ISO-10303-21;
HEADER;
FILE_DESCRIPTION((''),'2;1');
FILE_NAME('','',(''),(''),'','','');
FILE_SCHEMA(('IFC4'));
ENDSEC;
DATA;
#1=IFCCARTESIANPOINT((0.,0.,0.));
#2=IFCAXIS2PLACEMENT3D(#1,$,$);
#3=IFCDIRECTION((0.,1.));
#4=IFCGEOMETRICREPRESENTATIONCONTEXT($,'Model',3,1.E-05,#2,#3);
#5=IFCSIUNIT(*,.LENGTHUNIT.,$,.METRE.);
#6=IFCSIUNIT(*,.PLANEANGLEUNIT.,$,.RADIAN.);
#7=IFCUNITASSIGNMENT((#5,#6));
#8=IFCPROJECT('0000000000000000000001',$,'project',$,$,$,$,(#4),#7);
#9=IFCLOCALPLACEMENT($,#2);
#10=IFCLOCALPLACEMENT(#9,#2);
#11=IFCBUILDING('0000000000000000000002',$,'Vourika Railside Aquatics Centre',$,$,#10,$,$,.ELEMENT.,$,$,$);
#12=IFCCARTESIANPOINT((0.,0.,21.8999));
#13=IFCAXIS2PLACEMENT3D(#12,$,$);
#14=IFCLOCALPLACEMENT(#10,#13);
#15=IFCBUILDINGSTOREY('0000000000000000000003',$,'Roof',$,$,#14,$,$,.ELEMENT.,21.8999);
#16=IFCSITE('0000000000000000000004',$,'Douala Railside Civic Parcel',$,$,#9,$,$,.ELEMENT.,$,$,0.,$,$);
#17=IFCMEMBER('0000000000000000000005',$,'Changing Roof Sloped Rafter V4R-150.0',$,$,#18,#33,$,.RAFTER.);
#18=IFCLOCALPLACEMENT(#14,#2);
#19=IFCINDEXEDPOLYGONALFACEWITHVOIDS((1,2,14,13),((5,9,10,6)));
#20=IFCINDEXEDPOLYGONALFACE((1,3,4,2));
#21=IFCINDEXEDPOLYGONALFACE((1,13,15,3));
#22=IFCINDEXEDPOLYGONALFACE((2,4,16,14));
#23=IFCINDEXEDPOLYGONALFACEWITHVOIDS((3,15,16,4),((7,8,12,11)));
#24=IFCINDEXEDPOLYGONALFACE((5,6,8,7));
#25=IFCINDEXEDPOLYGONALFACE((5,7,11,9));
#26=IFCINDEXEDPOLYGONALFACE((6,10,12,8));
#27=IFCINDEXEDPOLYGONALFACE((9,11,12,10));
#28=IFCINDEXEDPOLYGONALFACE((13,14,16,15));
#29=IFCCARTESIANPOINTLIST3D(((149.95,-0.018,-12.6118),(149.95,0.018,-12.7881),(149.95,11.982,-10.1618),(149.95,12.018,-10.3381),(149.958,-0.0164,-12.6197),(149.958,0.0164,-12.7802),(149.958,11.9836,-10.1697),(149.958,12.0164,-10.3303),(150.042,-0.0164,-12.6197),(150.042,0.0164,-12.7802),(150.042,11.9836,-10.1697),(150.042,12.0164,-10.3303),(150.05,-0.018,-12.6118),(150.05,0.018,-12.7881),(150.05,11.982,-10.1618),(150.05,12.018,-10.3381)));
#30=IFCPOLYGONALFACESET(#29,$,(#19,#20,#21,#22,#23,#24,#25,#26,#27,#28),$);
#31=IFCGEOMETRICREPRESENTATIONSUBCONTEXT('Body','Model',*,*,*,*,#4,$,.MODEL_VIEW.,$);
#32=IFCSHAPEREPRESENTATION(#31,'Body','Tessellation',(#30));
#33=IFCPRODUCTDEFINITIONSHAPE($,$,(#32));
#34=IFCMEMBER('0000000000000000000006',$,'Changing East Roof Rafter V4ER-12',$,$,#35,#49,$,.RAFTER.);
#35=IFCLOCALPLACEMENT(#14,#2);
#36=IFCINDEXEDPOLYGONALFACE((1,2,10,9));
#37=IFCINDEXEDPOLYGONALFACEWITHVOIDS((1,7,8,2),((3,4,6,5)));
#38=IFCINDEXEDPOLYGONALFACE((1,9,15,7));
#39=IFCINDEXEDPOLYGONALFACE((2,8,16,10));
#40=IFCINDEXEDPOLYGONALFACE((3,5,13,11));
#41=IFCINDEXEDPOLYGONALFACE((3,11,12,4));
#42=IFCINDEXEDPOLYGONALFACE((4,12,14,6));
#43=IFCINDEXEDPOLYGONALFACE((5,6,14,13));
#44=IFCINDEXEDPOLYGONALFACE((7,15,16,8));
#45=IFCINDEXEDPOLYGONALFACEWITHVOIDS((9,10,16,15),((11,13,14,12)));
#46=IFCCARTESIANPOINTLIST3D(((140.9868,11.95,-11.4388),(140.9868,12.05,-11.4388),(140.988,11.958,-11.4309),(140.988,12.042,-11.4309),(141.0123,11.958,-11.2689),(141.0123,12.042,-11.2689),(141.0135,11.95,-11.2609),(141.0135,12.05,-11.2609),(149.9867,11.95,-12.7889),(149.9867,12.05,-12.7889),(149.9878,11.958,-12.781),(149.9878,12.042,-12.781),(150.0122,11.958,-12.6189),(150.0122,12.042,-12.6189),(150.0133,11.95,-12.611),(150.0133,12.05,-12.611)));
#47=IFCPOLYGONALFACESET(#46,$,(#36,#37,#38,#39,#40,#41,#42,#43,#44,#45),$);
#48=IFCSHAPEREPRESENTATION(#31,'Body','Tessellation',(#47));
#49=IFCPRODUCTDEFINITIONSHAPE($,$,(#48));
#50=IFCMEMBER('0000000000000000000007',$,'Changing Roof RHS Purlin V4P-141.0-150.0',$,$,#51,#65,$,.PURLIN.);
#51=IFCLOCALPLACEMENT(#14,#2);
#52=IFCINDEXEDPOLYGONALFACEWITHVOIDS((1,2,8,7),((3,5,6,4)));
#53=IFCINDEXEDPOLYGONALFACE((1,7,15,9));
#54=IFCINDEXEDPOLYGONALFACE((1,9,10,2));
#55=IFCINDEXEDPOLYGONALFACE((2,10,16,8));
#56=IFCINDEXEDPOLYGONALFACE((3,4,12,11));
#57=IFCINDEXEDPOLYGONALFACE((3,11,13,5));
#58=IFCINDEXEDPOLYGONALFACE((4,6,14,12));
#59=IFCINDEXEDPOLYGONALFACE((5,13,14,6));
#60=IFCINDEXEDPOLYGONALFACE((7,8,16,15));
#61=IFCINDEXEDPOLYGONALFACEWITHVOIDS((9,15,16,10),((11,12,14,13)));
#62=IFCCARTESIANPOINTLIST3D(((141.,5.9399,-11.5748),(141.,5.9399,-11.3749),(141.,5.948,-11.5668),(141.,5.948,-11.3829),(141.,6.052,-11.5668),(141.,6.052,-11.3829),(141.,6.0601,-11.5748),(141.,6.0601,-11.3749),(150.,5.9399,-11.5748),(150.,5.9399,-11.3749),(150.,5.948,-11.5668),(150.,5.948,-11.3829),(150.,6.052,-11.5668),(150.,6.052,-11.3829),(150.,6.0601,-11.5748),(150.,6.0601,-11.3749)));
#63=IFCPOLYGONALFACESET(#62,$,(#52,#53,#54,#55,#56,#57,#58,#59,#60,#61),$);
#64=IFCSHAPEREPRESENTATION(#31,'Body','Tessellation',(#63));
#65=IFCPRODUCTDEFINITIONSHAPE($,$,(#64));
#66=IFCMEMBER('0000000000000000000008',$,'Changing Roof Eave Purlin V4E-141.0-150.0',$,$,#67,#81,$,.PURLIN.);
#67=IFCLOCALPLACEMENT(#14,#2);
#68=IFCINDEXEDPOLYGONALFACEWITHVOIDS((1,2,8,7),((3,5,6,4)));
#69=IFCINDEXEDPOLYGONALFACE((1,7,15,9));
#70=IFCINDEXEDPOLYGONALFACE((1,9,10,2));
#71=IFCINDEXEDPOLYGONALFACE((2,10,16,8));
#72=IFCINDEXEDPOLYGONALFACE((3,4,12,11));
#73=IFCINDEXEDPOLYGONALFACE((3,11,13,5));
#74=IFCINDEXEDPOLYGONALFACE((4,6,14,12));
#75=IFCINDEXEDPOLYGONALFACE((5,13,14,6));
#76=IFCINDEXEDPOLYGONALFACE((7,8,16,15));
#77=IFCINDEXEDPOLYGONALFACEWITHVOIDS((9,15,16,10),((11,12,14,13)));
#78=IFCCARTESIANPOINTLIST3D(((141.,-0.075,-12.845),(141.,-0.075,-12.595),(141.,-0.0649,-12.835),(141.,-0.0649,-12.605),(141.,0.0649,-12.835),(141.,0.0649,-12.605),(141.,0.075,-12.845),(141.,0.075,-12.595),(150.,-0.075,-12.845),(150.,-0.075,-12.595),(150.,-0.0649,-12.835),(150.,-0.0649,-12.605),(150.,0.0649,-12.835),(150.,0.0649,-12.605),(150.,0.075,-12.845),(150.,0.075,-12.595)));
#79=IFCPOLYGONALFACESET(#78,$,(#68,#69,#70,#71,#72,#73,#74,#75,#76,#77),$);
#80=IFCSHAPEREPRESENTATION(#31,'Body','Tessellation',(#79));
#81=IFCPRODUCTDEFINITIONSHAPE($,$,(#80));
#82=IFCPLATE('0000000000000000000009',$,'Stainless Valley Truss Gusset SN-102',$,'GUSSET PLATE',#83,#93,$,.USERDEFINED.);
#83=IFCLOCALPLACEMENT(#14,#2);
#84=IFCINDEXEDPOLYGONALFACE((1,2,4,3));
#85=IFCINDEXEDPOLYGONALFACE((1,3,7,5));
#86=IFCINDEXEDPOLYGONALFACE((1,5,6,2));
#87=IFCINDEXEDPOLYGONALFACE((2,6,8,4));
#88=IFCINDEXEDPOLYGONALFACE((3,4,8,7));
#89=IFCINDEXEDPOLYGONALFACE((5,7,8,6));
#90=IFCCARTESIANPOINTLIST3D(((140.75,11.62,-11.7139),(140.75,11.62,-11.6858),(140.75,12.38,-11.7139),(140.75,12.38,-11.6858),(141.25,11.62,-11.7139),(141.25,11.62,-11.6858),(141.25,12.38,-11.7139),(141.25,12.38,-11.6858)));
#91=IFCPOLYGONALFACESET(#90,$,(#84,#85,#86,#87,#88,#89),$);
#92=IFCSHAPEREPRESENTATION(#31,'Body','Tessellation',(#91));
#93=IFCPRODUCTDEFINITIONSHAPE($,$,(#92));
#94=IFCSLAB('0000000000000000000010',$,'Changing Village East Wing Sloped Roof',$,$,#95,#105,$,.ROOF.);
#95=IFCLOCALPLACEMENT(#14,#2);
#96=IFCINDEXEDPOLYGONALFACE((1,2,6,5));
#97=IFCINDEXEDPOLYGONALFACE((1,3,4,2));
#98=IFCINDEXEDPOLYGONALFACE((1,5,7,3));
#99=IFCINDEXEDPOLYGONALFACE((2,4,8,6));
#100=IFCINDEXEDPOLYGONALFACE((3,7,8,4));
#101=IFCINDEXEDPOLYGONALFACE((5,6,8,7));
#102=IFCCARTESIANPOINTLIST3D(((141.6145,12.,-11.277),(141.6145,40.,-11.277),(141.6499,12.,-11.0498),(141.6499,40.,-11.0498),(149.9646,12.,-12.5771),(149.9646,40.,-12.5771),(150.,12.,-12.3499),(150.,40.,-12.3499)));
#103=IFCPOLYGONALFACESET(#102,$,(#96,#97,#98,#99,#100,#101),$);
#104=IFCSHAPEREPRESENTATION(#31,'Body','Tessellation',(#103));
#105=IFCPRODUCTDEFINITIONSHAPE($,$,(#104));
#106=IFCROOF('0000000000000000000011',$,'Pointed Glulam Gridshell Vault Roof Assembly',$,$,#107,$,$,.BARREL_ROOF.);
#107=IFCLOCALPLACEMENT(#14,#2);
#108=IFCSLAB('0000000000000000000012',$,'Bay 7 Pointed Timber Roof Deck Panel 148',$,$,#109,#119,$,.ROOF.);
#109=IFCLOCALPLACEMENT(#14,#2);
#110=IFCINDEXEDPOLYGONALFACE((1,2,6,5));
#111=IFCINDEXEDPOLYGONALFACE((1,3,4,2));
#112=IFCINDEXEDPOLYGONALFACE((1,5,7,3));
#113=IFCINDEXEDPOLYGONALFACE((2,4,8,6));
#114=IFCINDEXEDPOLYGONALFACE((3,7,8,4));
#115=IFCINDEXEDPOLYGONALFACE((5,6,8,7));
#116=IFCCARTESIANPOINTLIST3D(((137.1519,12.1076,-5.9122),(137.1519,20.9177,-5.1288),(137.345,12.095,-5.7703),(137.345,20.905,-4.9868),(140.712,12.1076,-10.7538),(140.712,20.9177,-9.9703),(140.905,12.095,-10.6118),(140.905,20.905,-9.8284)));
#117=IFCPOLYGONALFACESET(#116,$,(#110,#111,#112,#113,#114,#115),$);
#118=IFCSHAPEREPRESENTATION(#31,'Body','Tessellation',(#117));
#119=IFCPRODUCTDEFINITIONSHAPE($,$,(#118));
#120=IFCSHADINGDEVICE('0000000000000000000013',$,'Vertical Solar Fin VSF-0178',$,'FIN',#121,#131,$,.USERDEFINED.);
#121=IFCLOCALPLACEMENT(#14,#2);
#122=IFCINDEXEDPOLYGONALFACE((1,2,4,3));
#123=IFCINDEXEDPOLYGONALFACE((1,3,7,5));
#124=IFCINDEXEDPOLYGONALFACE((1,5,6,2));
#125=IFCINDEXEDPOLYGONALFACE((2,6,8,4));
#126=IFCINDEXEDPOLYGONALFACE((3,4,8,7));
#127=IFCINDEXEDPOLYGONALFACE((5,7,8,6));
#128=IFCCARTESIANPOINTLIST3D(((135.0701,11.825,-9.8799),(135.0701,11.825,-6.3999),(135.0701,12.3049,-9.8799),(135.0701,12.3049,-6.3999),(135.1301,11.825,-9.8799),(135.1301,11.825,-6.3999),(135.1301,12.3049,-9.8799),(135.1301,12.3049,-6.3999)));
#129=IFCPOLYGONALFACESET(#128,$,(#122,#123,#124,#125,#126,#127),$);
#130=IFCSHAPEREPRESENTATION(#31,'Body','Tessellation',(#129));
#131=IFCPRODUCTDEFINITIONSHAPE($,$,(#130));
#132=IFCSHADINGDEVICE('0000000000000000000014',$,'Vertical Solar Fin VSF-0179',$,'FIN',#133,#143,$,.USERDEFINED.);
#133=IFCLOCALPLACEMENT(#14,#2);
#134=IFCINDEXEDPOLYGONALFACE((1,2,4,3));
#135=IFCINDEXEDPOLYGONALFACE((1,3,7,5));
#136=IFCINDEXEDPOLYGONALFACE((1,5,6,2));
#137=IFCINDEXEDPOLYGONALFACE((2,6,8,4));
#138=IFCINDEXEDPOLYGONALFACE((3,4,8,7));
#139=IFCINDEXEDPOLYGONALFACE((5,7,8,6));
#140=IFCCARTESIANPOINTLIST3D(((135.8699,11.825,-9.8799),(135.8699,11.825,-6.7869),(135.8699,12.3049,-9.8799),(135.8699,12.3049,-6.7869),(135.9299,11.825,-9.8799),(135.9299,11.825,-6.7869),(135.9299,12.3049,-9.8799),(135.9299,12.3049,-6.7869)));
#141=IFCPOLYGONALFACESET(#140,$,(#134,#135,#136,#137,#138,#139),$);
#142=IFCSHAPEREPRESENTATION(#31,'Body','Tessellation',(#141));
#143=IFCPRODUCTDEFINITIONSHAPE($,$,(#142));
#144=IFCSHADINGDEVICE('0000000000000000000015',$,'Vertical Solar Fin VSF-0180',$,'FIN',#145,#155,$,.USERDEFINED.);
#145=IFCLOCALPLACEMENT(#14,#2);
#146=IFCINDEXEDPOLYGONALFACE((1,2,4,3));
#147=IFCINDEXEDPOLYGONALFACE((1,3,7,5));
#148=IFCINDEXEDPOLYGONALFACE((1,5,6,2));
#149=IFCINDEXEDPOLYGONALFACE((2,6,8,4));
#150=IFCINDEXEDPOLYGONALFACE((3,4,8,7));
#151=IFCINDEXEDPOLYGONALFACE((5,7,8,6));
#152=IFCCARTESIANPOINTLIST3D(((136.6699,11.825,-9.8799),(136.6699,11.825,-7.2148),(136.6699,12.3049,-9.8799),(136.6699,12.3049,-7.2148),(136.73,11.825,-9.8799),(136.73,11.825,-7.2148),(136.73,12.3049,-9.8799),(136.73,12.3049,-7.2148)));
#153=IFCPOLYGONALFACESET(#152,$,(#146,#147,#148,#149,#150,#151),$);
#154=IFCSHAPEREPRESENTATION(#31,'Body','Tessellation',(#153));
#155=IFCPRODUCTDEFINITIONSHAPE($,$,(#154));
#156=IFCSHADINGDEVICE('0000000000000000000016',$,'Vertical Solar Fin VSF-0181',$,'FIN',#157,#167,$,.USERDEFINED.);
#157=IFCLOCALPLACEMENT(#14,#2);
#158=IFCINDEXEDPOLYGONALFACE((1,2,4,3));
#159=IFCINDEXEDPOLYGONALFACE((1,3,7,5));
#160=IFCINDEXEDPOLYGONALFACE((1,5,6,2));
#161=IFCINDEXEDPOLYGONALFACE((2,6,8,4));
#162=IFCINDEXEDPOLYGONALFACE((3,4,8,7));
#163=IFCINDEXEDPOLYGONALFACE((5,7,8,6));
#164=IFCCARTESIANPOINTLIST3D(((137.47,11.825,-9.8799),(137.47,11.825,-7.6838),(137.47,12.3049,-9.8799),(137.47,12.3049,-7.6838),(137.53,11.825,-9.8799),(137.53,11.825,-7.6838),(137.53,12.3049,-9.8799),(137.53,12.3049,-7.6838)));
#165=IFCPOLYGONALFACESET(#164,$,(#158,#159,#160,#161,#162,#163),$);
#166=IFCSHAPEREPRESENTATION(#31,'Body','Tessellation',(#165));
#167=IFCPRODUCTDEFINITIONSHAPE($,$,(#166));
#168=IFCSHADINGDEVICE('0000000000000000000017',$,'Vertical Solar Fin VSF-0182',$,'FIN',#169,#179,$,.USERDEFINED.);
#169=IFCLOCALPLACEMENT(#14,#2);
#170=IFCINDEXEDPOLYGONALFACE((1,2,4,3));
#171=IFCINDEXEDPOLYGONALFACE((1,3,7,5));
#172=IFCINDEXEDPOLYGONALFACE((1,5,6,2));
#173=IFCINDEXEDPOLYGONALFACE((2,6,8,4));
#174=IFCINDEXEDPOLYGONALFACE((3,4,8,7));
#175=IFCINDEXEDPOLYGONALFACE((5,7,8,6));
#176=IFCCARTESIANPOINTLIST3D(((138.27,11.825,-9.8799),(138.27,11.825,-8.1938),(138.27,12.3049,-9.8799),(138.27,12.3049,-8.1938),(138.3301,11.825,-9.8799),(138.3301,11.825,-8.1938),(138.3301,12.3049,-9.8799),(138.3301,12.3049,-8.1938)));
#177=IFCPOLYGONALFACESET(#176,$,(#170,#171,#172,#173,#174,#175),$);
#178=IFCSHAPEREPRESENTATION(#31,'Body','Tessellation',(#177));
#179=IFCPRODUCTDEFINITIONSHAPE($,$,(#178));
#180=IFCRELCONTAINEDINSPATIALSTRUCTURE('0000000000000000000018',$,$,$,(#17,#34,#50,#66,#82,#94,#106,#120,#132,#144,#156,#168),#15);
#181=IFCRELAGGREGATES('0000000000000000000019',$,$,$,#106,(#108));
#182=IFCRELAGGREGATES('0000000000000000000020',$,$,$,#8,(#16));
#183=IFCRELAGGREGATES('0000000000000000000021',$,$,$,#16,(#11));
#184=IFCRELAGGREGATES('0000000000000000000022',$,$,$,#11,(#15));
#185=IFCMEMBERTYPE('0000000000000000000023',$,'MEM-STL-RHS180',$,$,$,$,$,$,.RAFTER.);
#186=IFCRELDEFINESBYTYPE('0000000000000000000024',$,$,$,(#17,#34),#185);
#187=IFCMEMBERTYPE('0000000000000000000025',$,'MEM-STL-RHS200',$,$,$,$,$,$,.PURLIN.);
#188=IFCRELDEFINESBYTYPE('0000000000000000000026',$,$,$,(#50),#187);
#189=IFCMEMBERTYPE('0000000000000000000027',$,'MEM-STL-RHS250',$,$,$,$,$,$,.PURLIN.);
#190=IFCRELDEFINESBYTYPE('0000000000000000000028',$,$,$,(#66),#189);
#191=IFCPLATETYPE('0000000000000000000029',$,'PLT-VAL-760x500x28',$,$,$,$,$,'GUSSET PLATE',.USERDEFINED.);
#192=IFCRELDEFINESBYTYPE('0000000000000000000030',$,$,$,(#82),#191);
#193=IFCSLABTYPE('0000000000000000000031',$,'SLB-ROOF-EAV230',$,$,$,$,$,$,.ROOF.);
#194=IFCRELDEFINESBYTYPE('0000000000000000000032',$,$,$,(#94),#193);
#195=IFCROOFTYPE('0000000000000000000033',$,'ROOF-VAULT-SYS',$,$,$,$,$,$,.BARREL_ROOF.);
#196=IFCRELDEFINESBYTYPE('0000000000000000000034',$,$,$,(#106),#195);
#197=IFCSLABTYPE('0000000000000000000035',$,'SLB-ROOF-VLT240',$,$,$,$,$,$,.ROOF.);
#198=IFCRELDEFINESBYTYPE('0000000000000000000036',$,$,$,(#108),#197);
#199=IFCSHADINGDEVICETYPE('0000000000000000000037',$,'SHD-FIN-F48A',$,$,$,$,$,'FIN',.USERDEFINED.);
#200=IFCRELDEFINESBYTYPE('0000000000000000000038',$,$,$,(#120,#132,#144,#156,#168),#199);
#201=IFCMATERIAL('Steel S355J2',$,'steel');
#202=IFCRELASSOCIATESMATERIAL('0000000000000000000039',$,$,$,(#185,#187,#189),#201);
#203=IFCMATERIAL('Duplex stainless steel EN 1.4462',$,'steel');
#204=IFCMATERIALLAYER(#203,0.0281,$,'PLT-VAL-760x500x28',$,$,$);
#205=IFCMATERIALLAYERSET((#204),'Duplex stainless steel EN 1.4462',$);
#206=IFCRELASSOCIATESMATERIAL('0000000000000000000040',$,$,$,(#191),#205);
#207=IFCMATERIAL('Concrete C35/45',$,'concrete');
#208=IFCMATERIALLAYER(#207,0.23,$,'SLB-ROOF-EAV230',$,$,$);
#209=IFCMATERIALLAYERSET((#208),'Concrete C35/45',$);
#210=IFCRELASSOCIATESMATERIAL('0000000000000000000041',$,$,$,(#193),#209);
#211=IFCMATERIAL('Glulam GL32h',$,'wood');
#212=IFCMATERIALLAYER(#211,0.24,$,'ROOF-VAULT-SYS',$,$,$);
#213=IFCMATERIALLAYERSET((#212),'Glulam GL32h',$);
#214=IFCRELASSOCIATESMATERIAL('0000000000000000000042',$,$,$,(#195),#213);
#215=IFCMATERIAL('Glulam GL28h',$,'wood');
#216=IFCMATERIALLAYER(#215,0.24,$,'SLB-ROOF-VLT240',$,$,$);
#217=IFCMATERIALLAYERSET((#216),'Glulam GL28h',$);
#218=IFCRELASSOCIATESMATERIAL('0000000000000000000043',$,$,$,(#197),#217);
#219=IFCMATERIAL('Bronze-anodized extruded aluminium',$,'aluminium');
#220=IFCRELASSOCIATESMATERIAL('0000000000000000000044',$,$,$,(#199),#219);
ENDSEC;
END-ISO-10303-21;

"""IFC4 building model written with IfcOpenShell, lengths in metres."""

from ifc_helpers import new_model, si_unit, direction, frame, origin, origin_2d, place, context, subcontext, project, spatial, polyline, rectangle, hollow_rectangle, outline, extrude, material, layer, layer_set, material_profile, profile_set, type_object, element, aggregate, save


model = new_model("IFC4")

# Units and contexts
model_context = context("Model", 3, precision=1e-05, world=origin(), true_north=direction((0.0, 1.0)))
body_context = subcontext(model_context, "Body", "Model", "MODEL_VIEW")
ifc_project = project(units=[si_unit("LENGTHUNIT", "METRE"), si_unit("PLANEANGLEUNIT", "RADIAN")], contexts=[model_context])

# Site, building, storey
site_placement = place(None, origin())
site = spatial("IfcSite", under=ifc_project, at=site_placement, Name="Douala Railside Civic Parcel", CompositionType="ELEMENT", RefElevation=0.0)
building_placement = place(site_placement, origin())
building = spatial("IfcBuilding", under=site, at=building_placement, Name="Vourika Railside Aquatics Centre", CompositionType="ELEMENT")
storey_placement = place(building_placement, frame((0.0, 0.0, 21.8999)))
storey = spatial("IfcBuildingStorey", under=building, at=storey_placement, Name="Roof", CompositionType="ELEMENT", Elevation=21.8999)

# Shared definitions
ifc_material_1 = material(Name="Steel S355J2", Category="steel")

# Shared definitions
ifc_material_2 = material(Name="Glulam GL32h", Category="wood")

# Members
ifc_material_3 = material(Name="Glulam GL28h", Category="wood")
ifc_material_profile_1 = material_profile(ifc_material_1, hollow_rectangle(XDim=0.1001, YDim=0.1799, WallThickness=0.0081, at=origin_2d()), Name="RHS 180x100x8")
ifc_profile_set_1 = profile_set([ifc_material_profile_1], Name="Steel S355J2")
member_type_1 = type_object("IfcMemberType", Name="MEM-STL-RHS180", PredefinedType="RAFTER", material=ifc_profile_set_1)
for number, where, z_axis, x_axis, name in (
    (1, (150.0, 0.0, -12.7), (0.0, 0.979789, 0.200036), (-1.0, 0.0, 0.0), "Changing Roof Sloped Rafter V4R-150.0"),
):
    element("IfcMember", number, at=place(storey_placement, frame(where, z_axis=z_axis, x_axis=x_axis)), inside=storey, type_object=member_type_1, Name=name, PredefinedType="RAFTER", context=body_context, shape_type="SweptSolid", body=[
        extrude(hollow_rectangle(XDim=0.1001, YDim=0.1799, WallThickness=0.0081, at=origin_2d()), origin(), (0.0, 0.0, 1.0), 12.2476),
    ])
member_1_placement = place(storey_placement, frame((150.0, 12.0, -12.7), z_axis=(-0.988935, 0.0, 0.148351), x_axis=(0.0, -1.0, 0.0)))
element("IfcMember", 2, at=member_1_placement, inside=storey, type_object=member_type_1, Name="Changing East Roof Rafter V4ER-12", PredefinedType="RAFTER", context=body_context, shape_type="SweptSolid", body=[
    extrude(hollow_rectangle(XDim=0.1001, YDim=0.1799, WallThickness=0.0081, at=origin_2d()), origin(), (0.0, 0.0, 1.0), 9.1006),
])
ifc_material_profile_2 = material_profile(ifc_material_1, hollow_rectangle(XDim=0.1201, YDim=0.2, WallThickness=0.0081, at=origin_2d()), Name="RHS 200x120x8")
ifc_profile_set_2 = profile_set([ifc_material_profile_2], Name="Steel S355J2")
member_type_2 = type_object("IfcMemberType", Name="MEM-STL-RHS200", PredefinedType="PURLIN", material=ifc_profile_set_2)
member_2_placement = place(storey_placement, frame((141.0, 6.0, -11.4749), z_axis=(1.0, 0.0, 0.0), x_axis=(0.0, 1.0, 0.0)))
element("IfcMember", 3, at=member_2_placement, inside=storey, type_object=member_type_2, Name="Changing Roof RHS Purlin V4P-141.0-150.0", PredefinedType="PURLIN", context=body_context, shape_type="SweptSolid", body=[
    extrude(hollow_rectangle(XDim=0.1201, YDim=0.2, WallThickness=0.0081, at=origin_2d()), origin(), (0.0, 0.0, 1.0), 9.0),
])
ifc_material_profile_3 = material_profile(ifc_material_1, hollow_rectangle(XDim=0.1499, YDim=0.25, WallThickness=0.01, at=origin_2d()), Name="RHS 250x150x10")
ifc_profile_set_3 = profile_set([ifc_material_profile_3], Name="Steel S355J2")
member_type_3 = type_object("IfcMemberType", Name="MEM-STL-RHS250", PredefinedType="PURLIN", material=ifc_profile_set_3)
member_3_placement = place(storey_placement, frame((141.0, 0.0, -12.72), z_axis=(1.0, 0.0, 0.0), x_axis=(0.0, 1.0, 0.0)))
element("IfcMember", 4, at=member_3_placement, inside=storey, type_object=member_type_3, Name="Changing Roof Eave Purlin V4E-141.0-150.0", PredefinedType="PURLIN", context=body_context, shape_type="SweptSolid", body=[
    extrude(hollow_rectangle(XDim=0.1499, YDim=0.25, WallThickness=0.01, at=origin_2d()), origin(), (0.0, 0.0, 1.0), 9.0),
])

# Plate
ifc_material_4 = material(Name="Duplex stainless steel EN 1.4462", Category="steel")
ifc_layer_1 = layer(ifc_material_4, 0.0281, Name="PLT-VAL-760x500x28")
ifc_layer_set_1 = layer_set([ifc_layer_1], Name="Duplex stainless steel EN 1.4462")
plate_type = type_object("IfcPlateType", Name="PLT-VAL-760x500x28", ElementType="GUSSET PLATE", PredefinedType="USERDEFINED", material=ifc_layer_set_1)
plate_placement = place(storey_placement, frame((141.0, 12.0, -11.7139), z_axis=(0.0, 0.0, 1.0), x_axis=(0.0, 1.0, 0.0)))
element("IfcPlate", 5, at=plate_placement, inside=storey, type_object=plate_type, Name="Stainless Valley Truss Gusset SN-102", ObjectType="GUSSET PLATE", PredefinedType="USERDEFINED", context=body_context, shape_type="SweptSolid", body=[
    extrude(rectangle(XDim=0.76, YDim=0.5, at=origin_2d()), origin(), (0.0, 0.0, 1.0), 0.0281),
])

# Slab
ifc_material_5 = material(Name="Concrete C35/45", Category="concrete")
ifc_layer_2 = layer(ifc_material_5, 0.23, Name="SLB-ROOF-EAV230")
ifc_layer_set_2 = layer_set([ifc_layer_2], Name="Concrete C35/45")
slab_type_1 = type_object("IfcSlabType", Name="SLB-ROOF-EAV230", PredefinedType="ROOF", material=ifc_layer_set_2)
slab_1_placement = place(storey_placement, frame((150.0, 12.0, -12.3499), z_axis=(0.153839, 0.0, 0.988096), x_axis=(0.0, 1.0, 0.0)))
element("IfcSlab", 6, at=slab_1_placement, inside=storey, type_object=slab_type_1, Name="Changing Village East Wing Sloped Roof", PredefinedType="ROOF", context=body_context, shape_type="SweptSolid", body=[
    extrude(outline(polyline([(0.0, 0.0), (28.0, 0.0), (28.0, 8.4507), (0.0, 8.4507), (0.0, 0.0)])), origin(), (0.0, 0.0, -1.0), 0.23),
])

# Roof, slab
ifc_layer_3 = layer(ifc_material_2, 0.24, Name="ROOF-VAULT-SYS")
ifc_layer_set_3 = layer_set([ifc_layer_3], Name="Glulam GL32h")
roof_type = type_object("IfcRoofType", Name="ROOF-VAULT-SYS", PredefinedType="BARREL_ROOF", material=ifc_layer_set_3)
roof_placement = place(storey_placement, origin())
roof = element("IfcRoof", 7, at=roof_placement, inside=storey, type_object=roof_type, Name="Pointed Glulam Gridshell Vault Roof Assembly", PredefinedType="BARREL_ROOF")
ifc_layer_4 = layer(ifc_material_3, 0.24, Name="SLB-ROOF-VLT240")
ifc_layer_set_4 = layer_set([ifc_layer_4], Name="Glulam GL28h")
slab_type_2 = type_object("IfcSlabType", Name="SLB-ROOF-VLT240", PredefinedType="ROOF", material=ifc_layer_set_4)
slab_2_placement = place(storey_placement, frame((137.345, 12.095, -5.7703), z_axis=(0.804528, -0.052607, 0.59158), x_axis=(0.592401, 0.0, -0.805644)))
slab_2 = element("IfcSlab", 8, at=slab_2_placement, type_object=slab_type_2, Name="Bay 7 Pointed Timber Roof Deck Panel 148", PredefinedType="ROOF", context=body_context, shape_type="SweptSolid", body=[
    extrude(outline(polyline([(0.0, 0.0), (6.0095, 0.0), (5.3784, 8.8223), (-0.6312, 8.8223), (0.0, 0.0)])), origin(), (0.0, 0.0, -1.0), 0.24),
])
aggregate(roof, [slab_2])

# Shading devices
ifc_material_6 = material(Name="Bronze-anodized extruded aluminium", Category="aluminium")
ifc_material_profile_4 = material_profile(ifc_material_6, rectangle(XDim=0.0601, YDim=0.48, at=origin_2d()), Name="ALU-FIN 60x480")
ifc_profile_set_4 = profile_set([ifc_material_profile_4], Name="Bronze-anodized extruded aluminium")
shading_device_type = type_object("IfcShadingDeviceType", Name="SHD-FIN-F48A", ElementType="FIN", PredefinedType="USERDEFINED", material=ifc_profile_set_4)
shading_device_1_placement = place(storey_placement, frame((135.1001, 12.0649, -9.8799), z_axis=(0.0, 0.0, 1.0), x_axis=(-1.0, 0.0, 0.0)))
element("IfcShadingDevice", 9, at=shading_device_1_placement, inside=storey, type_object=shading_device_type, Name="Vertical Solar Fin VSF-0178", ObjectType="FIN", PredefinedType="USERDEFINED", context=body_context, shape_type="SweptSolid", body=[
    extrude(rectangle(XDim=0.0601, YDim=0.48, at=origin_2d()), origin(), (0.0, 0.0, 1.0), 3.48),
])
shading_device_2_placement = place(storey_placement, frame((135.8999, 12.0649, -9.8799), z_axis=(0.0, 0.0, 1.0), x_axis=(-1.0, 0.0, 0.0)))
element("IfcShadingDevice", 10, at=shading_device_2_placement, inside=storey, type_object=shading_device_type, Name="Vertical Solar Fin VSF-0179", ObjectType="FIN", PredefinedType="USERDEFINED", context=body_context, shape_type="SweptSolid", body=[
    extrude(rectangle(XDim=0.0601, YDim=0.48, at=origin_2d()), origin(), (0.0, 0.0, 1.0), 3.093),
])
shading_device_3_placement = place(storey_placement, frame((136.7, 12.0649, -9.8799), z_axis=(0.0, 0.0, 1.0), x_axis=(-1.0, 0.0, 0.0)))
element("IfcShadingDevice", 11, at=shading_device_3_placement, inside=storey, type_object=shading_device_type, Name="Vertical Solar Fin VSF-0180", ObjectType="FIN", PredefinedType="USERDEFINED", context=body_context, shape_type="SweptSolid", body=[
    extrude(rectangle(XDim=0.0601, YDim=0.48, at=origin_2d()), origin(), (0.0, 0.0, 1.0), 2.665),
])
shading_device_4_placement = place(storey_placement, frame((137.5, 12.0649, -9.8799), z_axis=(0.0, 0.0, 1.0), x_axis=(-1.0, 0.0, 0.0)))
element("IfcShadingDevice", 12, at=shading_device_4_placement, inside=storey, type_object=shading_device_type, Name="Vertical Solar Fin VSF-0181", ObjectType="FIN", PredefinedType="USERDEFINED", context=body_context, shape_type="SweptSolid", body=[
    extrude(rectangle(XDim=0.0601, YDim=0.48, at=origin_2d()), origin(), (0.0, 0.0, 1.0), 2.196),
])
shading_device_5_placement = place(storey_placement, frame((138.3, 12.0649, -9.8799), z_axis=(0.0, 0.0, 1.0), x_axis=(-1.0, 0.0, 0.0)))
element("IfcShadingDevice", 13, at=shading_device_5_placement, inside=storey, type_object=shading_device_type, Name="Vertical Solar Fin VSF-0182", ObjectType="FIN", PredefinedType="USERDEFINED", context=body_context, shape_type="SweptSolid", body=[
    extrude(rectangle(XDim=0.0601, YDim=0.48, at=origin_2d()), origin(), (0.0, 0.0, 1.0), 1.686),
])

save(model, "model.ifc")
